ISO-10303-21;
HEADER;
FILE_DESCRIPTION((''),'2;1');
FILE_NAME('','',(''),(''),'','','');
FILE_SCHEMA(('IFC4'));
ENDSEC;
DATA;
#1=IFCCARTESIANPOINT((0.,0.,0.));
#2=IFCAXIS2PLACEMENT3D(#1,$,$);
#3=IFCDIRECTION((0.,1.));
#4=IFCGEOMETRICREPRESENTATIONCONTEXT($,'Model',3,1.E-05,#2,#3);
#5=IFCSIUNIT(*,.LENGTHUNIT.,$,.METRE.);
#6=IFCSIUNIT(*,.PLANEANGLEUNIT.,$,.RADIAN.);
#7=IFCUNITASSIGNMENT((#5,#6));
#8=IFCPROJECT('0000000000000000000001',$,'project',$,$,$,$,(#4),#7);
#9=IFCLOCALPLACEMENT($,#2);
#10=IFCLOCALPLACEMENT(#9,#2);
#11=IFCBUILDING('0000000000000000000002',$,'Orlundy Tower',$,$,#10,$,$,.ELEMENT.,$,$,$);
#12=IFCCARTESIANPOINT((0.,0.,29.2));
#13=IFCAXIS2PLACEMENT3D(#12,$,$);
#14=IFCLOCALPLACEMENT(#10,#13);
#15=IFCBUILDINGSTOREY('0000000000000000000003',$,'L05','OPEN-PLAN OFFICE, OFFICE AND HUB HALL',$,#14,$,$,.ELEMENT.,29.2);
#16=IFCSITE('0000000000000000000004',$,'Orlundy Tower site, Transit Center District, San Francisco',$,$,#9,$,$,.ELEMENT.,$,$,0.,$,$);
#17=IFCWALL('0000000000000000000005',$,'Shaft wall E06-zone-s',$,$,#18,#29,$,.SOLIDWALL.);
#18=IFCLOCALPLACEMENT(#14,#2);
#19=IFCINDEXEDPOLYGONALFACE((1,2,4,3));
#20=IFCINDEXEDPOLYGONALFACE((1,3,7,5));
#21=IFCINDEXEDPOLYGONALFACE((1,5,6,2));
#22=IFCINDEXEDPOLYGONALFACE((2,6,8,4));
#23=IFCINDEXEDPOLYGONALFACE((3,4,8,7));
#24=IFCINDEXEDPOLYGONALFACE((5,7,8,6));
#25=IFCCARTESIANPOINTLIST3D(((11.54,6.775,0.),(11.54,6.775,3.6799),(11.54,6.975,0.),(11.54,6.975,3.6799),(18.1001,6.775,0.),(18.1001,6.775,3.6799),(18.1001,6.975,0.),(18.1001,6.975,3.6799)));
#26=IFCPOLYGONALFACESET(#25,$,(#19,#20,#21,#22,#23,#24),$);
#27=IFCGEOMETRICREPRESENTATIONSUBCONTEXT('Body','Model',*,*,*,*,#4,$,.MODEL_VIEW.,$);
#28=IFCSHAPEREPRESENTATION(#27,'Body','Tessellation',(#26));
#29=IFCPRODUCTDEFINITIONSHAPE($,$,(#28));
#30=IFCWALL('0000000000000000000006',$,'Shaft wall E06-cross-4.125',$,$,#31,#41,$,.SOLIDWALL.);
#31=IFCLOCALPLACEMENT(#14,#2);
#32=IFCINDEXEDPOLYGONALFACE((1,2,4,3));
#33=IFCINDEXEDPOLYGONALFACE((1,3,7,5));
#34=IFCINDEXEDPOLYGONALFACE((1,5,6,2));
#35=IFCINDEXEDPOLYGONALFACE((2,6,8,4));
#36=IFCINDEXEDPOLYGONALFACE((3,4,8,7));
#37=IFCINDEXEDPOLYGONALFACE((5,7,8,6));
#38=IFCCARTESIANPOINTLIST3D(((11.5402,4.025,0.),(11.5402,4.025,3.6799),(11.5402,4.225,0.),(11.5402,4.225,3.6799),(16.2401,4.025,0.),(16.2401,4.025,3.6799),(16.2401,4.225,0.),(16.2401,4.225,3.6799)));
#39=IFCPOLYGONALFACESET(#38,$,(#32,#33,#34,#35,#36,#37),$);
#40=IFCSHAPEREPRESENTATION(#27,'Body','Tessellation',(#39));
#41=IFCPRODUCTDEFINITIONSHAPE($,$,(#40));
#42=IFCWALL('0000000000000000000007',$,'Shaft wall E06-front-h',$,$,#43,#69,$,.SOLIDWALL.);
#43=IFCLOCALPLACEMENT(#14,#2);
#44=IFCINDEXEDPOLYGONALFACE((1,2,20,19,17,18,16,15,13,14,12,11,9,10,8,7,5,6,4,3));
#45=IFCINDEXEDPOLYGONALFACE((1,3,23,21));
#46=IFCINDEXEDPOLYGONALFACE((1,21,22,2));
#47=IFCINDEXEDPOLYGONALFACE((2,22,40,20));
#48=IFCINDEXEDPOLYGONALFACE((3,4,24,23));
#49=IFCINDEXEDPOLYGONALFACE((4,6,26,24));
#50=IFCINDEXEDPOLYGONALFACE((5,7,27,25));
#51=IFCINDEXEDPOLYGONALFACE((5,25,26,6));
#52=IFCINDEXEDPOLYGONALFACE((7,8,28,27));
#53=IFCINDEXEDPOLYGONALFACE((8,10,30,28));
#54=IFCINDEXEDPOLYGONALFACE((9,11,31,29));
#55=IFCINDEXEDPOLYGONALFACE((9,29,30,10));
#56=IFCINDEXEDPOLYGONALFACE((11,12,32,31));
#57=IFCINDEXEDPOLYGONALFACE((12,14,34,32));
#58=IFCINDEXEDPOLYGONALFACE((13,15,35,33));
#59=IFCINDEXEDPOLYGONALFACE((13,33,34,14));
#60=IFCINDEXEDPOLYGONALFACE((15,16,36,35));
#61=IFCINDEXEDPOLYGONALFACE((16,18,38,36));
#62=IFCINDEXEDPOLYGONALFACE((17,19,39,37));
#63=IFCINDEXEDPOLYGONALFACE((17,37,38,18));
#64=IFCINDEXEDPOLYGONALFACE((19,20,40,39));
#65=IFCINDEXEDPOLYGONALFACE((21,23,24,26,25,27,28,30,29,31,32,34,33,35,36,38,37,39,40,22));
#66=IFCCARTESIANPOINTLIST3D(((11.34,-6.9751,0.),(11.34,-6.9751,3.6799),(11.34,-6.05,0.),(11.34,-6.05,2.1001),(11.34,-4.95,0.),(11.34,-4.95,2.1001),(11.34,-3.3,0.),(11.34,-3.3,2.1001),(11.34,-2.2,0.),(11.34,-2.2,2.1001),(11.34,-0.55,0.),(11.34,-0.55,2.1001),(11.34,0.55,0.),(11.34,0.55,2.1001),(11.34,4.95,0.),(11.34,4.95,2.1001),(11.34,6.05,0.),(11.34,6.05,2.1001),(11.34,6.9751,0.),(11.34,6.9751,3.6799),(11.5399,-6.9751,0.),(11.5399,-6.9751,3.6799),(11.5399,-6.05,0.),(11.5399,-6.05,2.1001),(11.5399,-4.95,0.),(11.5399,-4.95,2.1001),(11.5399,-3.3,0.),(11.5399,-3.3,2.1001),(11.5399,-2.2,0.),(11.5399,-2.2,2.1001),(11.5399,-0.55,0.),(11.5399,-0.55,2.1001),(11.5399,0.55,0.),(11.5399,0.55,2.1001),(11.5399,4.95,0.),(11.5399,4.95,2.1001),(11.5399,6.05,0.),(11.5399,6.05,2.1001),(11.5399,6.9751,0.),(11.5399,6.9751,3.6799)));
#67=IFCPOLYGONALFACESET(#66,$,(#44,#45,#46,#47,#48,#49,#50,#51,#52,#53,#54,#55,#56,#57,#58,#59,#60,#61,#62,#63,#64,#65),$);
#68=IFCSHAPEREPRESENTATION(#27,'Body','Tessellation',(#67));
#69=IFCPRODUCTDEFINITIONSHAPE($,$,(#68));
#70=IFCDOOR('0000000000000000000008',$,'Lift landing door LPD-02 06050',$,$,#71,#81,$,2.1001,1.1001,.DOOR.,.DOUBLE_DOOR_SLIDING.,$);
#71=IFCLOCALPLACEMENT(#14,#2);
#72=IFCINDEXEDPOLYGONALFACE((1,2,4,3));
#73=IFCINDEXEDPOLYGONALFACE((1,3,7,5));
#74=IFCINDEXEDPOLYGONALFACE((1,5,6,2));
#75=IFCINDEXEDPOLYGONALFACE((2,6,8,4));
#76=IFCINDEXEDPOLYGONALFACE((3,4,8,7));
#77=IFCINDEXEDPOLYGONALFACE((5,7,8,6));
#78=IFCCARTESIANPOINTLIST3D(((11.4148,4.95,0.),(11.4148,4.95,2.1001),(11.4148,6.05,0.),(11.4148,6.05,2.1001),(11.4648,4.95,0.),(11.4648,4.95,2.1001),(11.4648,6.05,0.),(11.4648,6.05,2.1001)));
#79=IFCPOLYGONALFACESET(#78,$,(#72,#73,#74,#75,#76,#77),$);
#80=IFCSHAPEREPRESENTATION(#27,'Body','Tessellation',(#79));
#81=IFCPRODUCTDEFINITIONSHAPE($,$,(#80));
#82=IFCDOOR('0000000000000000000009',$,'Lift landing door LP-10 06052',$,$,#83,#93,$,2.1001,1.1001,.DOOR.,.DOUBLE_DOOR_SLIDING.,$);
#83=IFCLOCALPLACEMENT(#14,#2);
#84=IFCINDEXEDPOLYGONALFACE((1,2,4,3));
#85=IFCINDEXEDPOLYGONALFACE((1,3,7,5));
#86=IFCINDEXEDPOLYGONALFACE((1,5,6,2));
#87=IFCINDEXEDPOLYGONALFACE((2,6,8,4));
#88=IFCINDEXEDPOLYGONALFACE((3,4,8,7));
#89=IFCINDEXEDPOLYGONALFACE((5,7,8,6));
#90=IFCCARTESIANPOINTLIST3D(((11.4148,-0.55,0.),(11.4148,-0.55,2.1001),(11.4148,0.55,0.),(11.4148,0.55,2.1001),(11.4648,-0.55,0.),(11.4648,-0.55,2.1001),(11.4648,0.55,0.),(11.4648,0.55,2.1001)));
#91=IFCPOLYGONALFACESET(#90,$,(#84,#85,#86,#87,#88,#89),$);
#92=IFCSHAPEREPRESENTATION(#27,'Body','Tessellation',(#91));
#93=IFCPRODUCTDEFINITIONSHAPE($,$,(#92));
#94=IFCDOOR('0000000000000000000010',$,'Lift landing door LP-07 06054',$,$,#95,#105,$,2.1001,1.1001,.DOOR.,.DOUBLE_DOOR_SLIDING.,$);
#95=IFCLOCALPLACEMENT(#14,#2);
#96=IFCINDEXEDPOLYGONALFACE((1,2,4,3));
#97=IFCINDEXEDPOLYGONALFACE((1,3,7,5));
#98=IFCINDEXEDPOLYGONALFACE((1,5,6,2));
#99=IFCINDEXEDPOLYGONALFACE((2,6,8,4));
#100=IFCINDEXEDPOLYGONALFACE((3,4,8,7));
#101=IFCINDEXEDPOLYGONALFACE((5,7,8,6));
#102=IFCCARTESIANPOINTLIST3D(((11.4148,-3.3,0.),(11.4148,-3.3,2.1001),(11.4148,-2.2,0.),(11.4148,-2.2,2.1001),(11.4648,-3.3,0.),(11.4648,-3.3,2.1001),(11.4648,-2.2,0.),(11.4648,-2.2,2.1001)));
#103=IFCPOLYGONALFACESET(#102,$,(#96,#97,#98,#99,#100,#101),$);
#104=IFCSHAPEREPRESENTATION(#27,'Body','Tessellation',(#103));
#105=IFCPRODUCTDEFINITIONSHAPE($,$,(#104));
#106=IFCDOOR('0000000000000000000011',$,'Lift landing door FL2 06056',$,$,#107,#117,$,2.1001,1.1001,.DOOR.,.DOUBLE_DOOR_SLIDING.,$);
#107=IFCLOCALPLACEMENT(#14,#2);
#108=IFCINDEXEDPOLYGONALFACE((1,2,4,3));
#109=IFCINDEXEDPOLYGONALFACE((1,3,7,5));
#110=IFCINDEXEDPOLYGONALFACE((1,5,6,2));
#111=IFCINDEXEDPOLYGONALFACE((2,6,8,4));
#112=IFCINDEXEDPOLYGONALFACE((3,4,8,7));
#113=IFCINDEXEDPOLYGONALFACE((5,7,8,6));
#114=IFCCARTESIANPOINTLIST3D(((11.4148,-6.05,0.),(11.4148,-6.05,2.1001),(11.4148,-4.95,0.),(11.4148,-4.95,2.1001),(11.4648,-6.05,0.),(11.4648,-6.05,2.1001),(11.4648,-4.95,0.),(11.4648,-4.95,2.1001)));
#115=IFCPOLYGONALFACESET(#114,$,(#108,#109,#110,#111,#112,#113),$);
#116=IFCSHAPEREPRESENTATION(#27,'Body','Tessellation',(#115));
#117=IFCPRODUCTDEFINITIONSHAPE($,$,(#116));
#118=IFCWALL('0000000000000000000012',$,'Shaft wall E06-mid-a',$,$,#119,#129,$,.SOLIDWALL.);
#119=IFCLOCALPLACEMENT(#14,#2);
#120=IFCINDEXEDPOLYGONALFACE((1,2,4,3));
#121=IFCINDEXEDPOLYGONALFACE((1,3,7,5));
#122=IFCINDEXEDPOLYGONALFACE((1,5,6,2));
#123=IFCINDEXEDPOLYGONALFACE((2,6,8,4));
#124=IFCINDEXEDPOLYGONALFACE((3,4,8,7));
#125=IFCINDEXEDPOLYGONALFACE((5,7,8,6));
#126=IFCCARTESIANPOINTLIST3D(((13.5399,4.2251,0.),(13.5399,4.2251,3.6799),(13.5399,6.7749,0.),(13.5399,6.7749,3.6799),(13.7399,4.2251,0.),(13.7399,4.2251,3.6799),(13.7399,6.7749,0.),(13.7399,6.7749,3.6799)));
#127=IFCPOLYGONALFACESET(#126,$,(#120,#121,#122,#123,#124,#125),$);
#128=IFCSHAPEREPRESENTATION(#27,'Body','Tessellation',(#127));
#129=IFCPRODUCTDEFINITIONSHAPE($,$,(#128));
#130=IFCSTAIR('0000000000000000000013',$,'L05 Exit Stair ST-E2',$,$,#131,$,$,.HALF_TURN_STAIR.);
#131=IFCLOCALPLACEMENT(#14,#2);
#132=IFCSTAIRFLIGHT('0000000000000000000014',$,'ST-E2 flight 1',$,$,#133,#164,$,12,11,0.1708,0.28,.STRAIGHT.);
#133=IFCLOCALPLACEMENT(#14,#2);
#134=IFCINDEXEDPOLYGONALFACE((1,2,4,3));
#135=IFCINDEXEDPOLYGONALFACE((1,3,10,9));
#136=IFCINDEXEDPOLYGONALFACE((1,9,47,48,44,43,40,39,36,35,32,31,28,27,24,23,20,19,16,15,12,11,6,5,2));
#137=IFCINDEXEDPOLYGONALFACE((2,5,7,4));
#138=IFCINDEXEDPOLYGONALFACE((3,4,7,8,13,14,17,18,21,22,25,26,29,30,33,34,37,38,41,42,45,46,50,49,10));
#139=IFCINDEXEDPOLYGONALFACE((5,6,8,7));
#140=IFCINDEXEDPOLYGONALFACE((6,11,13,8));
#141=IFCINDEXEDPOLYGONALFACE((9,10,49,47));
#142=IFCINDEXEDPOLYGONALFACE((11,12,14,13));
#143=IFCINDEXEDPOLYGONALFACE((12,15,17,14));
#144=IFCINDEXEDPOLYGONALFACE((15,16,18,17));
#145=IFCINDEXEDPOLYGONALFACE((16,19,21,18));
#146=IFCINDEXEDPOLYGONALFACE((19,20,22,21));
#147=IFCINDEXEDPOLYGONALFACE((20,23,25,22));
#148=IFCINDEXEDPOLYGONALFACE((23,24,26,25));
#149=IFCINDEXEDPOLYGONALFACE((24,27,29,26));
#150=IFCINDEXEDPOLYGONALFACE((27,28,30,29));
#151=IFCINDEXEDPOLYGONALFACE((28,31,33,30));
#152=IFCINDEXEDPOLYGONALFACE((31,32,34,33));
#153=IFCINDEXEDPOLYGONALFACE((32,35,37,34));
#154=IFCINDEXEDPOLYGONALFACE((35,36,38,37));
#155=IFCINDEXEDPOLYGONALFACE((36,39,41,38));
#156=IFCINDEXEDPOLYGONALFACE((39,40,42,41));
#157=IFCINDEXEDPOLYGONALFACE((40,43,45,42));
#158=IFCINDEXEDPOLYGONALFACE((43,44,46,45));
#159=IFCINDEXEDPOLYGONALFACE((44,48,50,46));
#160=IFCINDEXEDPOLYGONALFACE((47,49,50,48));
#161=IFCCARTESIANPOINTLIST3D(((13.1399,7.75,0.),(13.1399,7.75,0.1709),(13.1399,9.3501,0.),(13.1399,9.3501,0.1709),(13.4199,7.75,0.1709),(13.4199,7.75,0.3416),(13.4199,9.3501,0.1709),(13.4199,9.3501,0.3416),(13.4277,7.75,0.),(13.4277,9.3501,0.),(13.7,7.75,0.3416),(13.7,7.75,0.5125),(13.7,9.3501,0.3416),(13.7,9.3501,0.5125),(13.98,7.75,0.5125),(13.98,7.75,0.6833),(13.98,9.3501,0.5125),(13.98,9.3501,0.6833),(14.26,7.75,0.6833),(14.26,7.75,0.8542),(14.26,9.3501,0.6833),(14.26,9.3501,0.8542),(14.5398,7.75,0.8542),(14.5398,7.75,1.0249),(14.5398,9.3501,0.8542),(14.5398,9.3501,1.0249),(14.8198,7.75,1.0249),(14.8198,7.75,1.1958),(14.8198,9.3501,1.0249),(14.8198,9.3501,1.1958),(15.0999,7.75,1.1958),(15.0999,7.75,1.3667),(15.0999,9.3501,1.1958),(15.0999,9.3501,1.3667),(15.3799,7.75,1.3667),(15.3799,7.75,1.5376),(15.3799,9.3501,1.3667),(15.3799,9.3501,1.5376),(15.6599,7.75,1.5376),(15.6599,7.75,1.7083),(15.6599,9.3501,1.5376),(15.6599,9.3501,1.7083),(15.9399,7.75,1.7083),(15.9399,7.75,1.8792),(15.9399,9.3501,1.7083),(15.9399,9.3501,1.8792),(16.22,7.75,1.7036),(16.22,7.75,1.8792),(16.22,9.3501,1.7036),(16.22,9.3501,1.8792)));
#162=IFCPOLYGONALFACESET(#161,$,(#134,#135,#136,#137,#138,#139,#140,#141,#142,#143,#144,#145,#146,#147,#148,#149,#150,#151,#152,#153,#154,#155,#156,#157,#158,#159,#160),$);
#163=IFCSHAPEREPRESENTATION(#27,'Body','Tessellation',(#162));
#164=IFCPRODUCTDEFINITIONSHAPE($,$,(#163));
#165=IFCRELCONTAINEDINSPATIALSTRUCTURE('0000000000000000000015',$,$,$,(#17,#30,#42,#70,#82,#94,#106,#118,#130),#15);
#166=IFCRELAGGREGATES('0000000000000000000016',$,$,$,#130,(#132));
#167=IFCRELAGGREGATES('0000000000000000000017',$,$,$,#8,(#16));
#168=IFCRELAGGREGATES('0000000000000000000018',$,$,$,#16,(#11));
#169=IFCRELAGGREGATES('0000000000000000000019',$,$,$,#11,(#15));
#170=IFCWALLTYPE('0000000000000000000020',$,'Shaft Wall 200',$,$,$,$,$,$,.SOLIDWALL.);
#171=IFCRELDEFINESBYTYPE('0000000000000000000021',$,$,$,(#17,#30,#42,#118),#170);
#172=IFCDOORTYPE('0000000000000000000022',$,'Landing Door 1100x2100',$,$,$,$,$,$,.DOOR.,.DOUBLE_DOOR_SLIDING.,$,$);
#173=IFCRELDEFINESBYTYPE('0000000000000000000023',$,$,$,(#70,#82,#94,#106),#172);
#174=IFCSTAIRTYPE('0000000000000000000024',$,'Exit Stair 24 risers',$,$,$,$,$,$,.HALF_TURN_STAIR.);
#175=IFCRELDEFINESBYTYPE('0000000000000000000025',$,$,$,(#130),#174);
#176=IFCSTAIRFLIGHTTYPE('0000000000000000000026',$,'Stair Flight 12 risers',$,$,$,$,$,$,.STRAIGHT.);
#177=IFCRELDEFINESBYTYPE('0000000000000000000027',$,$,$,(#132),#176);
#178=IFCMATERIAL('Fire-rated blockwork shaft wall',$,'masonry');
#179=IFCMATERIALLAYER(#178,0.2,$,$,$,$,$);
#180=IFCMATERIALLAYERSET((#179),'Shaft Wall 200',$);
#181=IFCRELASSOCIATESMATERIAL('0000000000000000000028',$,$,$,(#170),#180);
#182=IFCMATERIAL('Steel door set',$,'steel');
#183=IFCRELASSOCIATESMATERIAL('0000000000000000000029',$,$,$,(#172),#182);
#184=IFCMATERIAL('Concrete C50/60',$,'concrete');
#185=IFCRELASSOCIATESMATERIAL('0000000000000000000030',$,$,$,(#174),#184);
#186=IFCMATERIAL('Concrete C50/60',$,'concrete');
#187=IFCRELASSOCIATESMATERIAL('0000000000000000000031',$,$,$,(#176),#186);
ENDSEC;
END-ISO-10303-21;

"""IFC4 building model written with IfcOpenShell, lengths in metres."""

from ifc_helpers import new_model, si_unit, direction, frame, frame_2d, origin, place, context, subcontext, project, spatial, polyline, rectangle, outline, extrude, material, layer, layer_set, type_object, element, fill, aggregate, save


model = new_model("IFC4")

# Units and contexts
model_context = context("Model", 3, precision=1e-05, world=origin(), true_north=direction((0.0, 1.0)))
body_context = subcontext(model_context, "Body", "Model", "MODEL_VIEW")
ifc_project = project(units=[si_unit("LENGTHUNIT", "METRE"), si_unit("PLANEANGLEUNIT", "RADIAN")], contexts=[model_context])

# Site, building, storey
site_placement = place(None, origin())
site = spatial("IfcSite", under=ifc_project, at=site_placement, Name="Orlundy Tower site, Transit Center District, San Francisco", CompositionType="ELEMENT", RefElevation=0.0)
building_placement = place(site_placement, origin())
building = spatial("IfcBuilding", under=site, at=building_placement, Name="Orlundy Tower", CompositionType="ELEMENT")
storey_placement = place(building_placement, frame((0.0, 0.0, 29.2)))
storey = spatial("IfcBuildingStorey", under=building, at=storey_placement, Name="L05", Description="OPEN-PLAN OFFICE, OFFICE AND HUB HALL", CompositionType="ELEMENT", Elevation=29.2)

# Walls
ifc_material_1 = material(Name="Fire-rated blockwork shaft wall", Category="masonry")
ifc_layer_1 = layer(ifc_material_1, 0.2)
ifc_layer_set_1 = layer_set([ifc_layer_1], Name="Shaft Wall 200")
wall_type_1 = type_object("IfcWallType", Name="Shaft Wall 200", PredefinedType="SOLIDWALL", material=ifc_layer_set_1)
wall_1_placement = place(storey_placement, frame((11.54, 6.875, 0.0), z_axis=(0.0, 0.0, 1.0), x_axis=(1.0, 0.0, 0.0)))
element("IfcWall", 1, at=wall_1_placement, inside=storey, type_object=wall_type_1, Name="Shaft wall E06-zone-s", PredefinedType="SOLIDWALL", context=body_context, shape_type="SweptSolid", body=[
    extrude(rectangle(XDim=6.5601, YDim=0.2, at=frame_2d((3.28, 0.0))), origin(), (0.0, 0.0, 1.0), 3.6799),
])
wall_2_placement = place(storey_placement, frame((11.54, 4.125, 0.0), z_axis=(0.0, 0.0, 1.0), x_axis=(1.0, 0.0, 0.0)))
element("IfcWall", 2, at=wall_2_placement, inside=storey, type_object=wall_type_1, Name="Shaft wall E06-cross-4.125", PredefinedType="SOLIDWALL", context=body_context, shape_type="SweptSolid", body=[
    extrude(rectangle(XDim=4.7, YDim=0.2, at=frame_2d((2.3501, 0.0))), origin(), (0.0, 0.0, 1.0), 3.6799),
])

# Wall, openings, doors
wall_3_placement = place(storey_placement, frame((11.4399, 6.9751, 0.0), z_axis=(0.0, 0.0, 1.0), x_axis=(0.0, -1.0, 0.0)))
wall_3 = element("IfcWall", 3, at=wall_3_placement, inside=storey, type_object=wall_type_1, Name="Shaft wall E06-front-h", PredefinedType="SOLIDWALL", context=body_context, shape_type="SweptSolid", body=[
    extrude(rectangle(XDim=13.9502, YDim=0.2, at=frame_2d((6.9751, 0.0))), origin(), (0.0, 0.0, 1.0), 3.6799),
])
opening_1_placement = place(wall_3_placement, frame((0.925, 0.0, 0.0)))
opening_1 = element("IfcOpeningElement", 4, at=opening_1_placement, cuts=wall_3, PredefinedType="OPENING", context=body_context, shape_type="SweptSolid", body=[
    extrude(rectangle(XDim=1.1001, YDim=2.1001, at=frame_2d((0.55, 1.05))), frame((0.0, 0.1101, 0.0), z_axis=(0.0, -1.0, 0.0), x_axis=(1.0, 0.0, 0.0)), (0.0, 0.0, 1.0), 0.2202),
])
opening_2_placement = place(wall_3_placement, frame((6.425, 0.0, 0.0)))
opening_2 = element("IfcOpeningElement", 5, at=opening_2_placement, cuts=wall_3, PredefinedType="OPENING", context=body_context, shape_type="SweptSolid", body=[
    extrude(rectangle(XDim=1.1001, YDim=2.1001, at=frame_2d((0.55, 1.05))), frame((0.0, 0.1101, 0.0), z_axis=(0.0, -1.0, 0.0), x_axis=(1.0, 0.0, 0.0)), (0.0, 0.0, 1.0), 0.2202),
])
opening_3_placement = place(wall_3_placement, frame((9.175, 0.0, 0.0)))
opening_3 = element("IfcOpeningElement", 6, at=opening_3_placement, cuts=wall_3, PredefinedType="OPENING", context=body_context, shape_type="SweptSolid", body=[
    extrude(rectangle(XDim=1.1001, YDim=2.1001, at=frame_2d((0.55, 1.05))), frame((0.0, 0.1101, 0.0), z_axis=(0.0, -1.0, 0.0), x_axis=(1.0, 0.0, 0.0)), (0.0, 0.0, 1.0), 0.2202),
])
opening_4_placement = place(wall_3_placement, frame((11.925, 0.0, 0.0)))
opening_4 = element("IfcOpeningElement", 7, at=opening_4_placement, cuts=wall_3, PredefinedType="OPENING", context=body_context, shape_type="SweptSolid", body=[
    extrude(rectangle(XDim=1.1001, YDim=2.1001, at=frame_2d((0.55, 1.05))), frame((0.0, 0.1101, 0.0), z_axis=(0.0, -1.0, 0.0), x_axis=(1.0, 0.0, 0.0)), (0.0, 0.0, 1.0), 0.2202),
])
ifc_material_2 = material(Name="Steel door set", Category="steel")
door_type_1 = type_object("IfcDoorType", Name="Landing Door 1100x2100", OperationType="DOUBLE_DOOR_SLIDING", PredefinedType="DOOR", material=ifc_material_2)
door_1_placement = place(opening_1_placement, origin())
door_1 = element("IfcDoor", 8, at=door_1_placement, inside=storey, type_object=door_type_1, Name="Lift landing door LPD-02 06050", OperationType="DOUBLE_DOOR_SLIDING", OverallHeight=2.1001, OverallWidth=1.1001, PredefinedType="DOOR", context=body_context, shape_type="SweptSolid", body=[
    extrude(rectangle(XDim=1.1001, YDim=2.1001, at=frame_2d((0.55, 1.05))), frame((0.0, 0.0249, 0.0), z_axis=(0.0, -1.0, 0.0), x_axis=(1.0, 0.0, 0.0)), (0.0, 0.0, 1.0), 0.05),
])
fill(opening_1, door_1)
door_2_placement = place(opening_2_placement, origin())
door_2 = element("IfcDoor", 9, at=door_2_placement, inside=storey, type_object=door_type_1, Name="Lift landing door LP-10 06052", OperationType="DOUBLE_DOOR_SLIDING", OverallHeight=2.1001, OverallWidth=1.1001, PredefinedType="DOOR", context=body_context, shape_type="SweptSolid", body=[
    extrude(rectangle(XDim=1.1001, YDim=2.1001, at=frame_2d((0.55, 1.05))), frame((0.0, 0.0249, 0.0), z_axis=(0.0, -1.0, 0.0), x_axis=(1.0, 0.0, 0.0)), (0.0, 0.0, 1.0), 0.05),
])
fill(opening_2, door_2)
door_3_placement = place(opening_3_placement, origin())
door_3 = element("IfcDoor", 10, at=door_3_placement, inside=storey, type_object=door_type_1, Name="Lift landing door LP-07 06054", OperationType="DOUBLE_DOOR_SLIDING", OverallHeight=2.1001, OverallWidth=1.1001, PredefinedType="DOOR", context=body_context, shape_type="SweptSolid", body=[
    extrude(rectangle(XDim=1.1001, YDim=2.1001, at=frame_2d((0.55, 1.05))), frame((0.0, 0.0249, 0.0), z_axis=(0.0, -1.0, 0.0), x_axis=(1.0, 0.0, 0.0)), (0.0, 0.0, 1.0), 0.05),
])
fill(opening_3, door_3)
door_4_placement = place(opening_4_placement, origin())
door_4 = element("IfcDoor", 11, at=door_4_placement, inside=storey, type_object=door_type_1, Name="Lift landing door FL2 06056", OperationType="DOUBLE_DOOR_SLIDING", OverallHeight=2.1001, OverallWidth=1.1001, PredefinedType="DOOR", context=body_context, shape_type="SweptSolid", body=[
    extrude(rectangle(XDim=1.1001, YDim=2.1001, at=frame_2d((0.55, 1.05))), frame((0.0, 0.0249, 0.0), z_axis=(0.0, -1.0, 0.0), x_axis=(1.0, 0.0, 0.0)), (0.0, 0.0, 1.0), 0.05),
])
fill(opening_4, door_4)

# Wall
wall_4_placement = place(storey_placement, frame((13.6399, 6.7749, 0.0), z_axis=(0.0, 0.0, 1.0), x_axis=(0.0, -1.0, 0.0)))
element("IfcWall", 12, at=wall_4_placement, inside=storey, type_object=wall_type_1, Name="Shaft wall E06-mid-a", PredefinedType="SOLIDWALL", context=body_context, shape_type="SweptSolid", body=[
    extrude(rectangle(XDim=2.5498, YDim=0.2, at=frame_2d((1.2749, 0.0))), origin(), (0.0, 0.0, 1.0), 3.6799),
])

# Stair, stair flight
ifc_material_3 = material(Name="Concrete C50/60", Category="concrete")
stair_type = type_object("IfcStairType", Name="Exit Stair 24 risers", PredefinedType="HALF_TURN_STAIR", material=ifc_material_3)
stair_placement = place(storey_placement, origin())
stair = element("IfcStair", 13, at=stair_placement, inside=storey, type_object=stair_type, Name="L05 Exit Stair ST-E2", PredefinedType="HALF_TURN_STAIR")
ifc_material_4 = material(Name="Concrete C50/60", Category="concrete")
stair_flight_type = type_object("IfcStairFlightType", Name="Stair Flight 12 risers", PredefinedType="STRAIGHT", material=ifc_material_4)
stair_flight_placement = place(storey_placement, frame((13.1399, 8.55, 0.0), z_axis=(0.0, 0.0, 1.0), x_axis=(1.0, 0.0, 0.0)))
stair_flight = element("IfcStairFlight", 14, at=stair_flight_placement, type_object=stair_flight_type, Name="ST-E2 flight 1", NumberOfRisers=12, NumberOfTreads=11, PredefinedType="STRAIGHT", RiserHeight=0.1708, TreadLength=0.28, context=body_context, shape_type="SweptSolid", body=[
    extrude(outline(polyline([(0.0, 0.0), (0.0, 0.1709), (0.28, 0.1709), (0.28, 0.3416), (0.5601, 0.3416), (0.5601, 0.5125), (0.8401, 0.5125), (0.8401, 0.6833), (1.1201, 0.6833), (1.1201, 0.8542), (1.3999, 0.8542), (1.3999, 1.0249), (1.6799, 1.0249), (1.6799, 1.1958), (1.96, 1.1958), (1.96, 1.3667), (2.24, 1.3667), (2.24, 1.5376), (2.52, 1.5376), (2.52, 1.7083), (2.8, 1.7083), (2.8, 1.8792), (3.0801, 1.8792), (3.0801, 2.05), (3.0801, 1.7036), (0.2878, 0.0), (0.0, 0.0)])), frame((0.0, 0.8, 0.0), z_axis=(0.0, -1.0, 0.0), x_axis=(1.0, 0.0, 0.0)), (0.0, 0.0, 1.0), 1.6001),
])
aggregate(stair, [stair_flight])

save(model, "model.ifc")
